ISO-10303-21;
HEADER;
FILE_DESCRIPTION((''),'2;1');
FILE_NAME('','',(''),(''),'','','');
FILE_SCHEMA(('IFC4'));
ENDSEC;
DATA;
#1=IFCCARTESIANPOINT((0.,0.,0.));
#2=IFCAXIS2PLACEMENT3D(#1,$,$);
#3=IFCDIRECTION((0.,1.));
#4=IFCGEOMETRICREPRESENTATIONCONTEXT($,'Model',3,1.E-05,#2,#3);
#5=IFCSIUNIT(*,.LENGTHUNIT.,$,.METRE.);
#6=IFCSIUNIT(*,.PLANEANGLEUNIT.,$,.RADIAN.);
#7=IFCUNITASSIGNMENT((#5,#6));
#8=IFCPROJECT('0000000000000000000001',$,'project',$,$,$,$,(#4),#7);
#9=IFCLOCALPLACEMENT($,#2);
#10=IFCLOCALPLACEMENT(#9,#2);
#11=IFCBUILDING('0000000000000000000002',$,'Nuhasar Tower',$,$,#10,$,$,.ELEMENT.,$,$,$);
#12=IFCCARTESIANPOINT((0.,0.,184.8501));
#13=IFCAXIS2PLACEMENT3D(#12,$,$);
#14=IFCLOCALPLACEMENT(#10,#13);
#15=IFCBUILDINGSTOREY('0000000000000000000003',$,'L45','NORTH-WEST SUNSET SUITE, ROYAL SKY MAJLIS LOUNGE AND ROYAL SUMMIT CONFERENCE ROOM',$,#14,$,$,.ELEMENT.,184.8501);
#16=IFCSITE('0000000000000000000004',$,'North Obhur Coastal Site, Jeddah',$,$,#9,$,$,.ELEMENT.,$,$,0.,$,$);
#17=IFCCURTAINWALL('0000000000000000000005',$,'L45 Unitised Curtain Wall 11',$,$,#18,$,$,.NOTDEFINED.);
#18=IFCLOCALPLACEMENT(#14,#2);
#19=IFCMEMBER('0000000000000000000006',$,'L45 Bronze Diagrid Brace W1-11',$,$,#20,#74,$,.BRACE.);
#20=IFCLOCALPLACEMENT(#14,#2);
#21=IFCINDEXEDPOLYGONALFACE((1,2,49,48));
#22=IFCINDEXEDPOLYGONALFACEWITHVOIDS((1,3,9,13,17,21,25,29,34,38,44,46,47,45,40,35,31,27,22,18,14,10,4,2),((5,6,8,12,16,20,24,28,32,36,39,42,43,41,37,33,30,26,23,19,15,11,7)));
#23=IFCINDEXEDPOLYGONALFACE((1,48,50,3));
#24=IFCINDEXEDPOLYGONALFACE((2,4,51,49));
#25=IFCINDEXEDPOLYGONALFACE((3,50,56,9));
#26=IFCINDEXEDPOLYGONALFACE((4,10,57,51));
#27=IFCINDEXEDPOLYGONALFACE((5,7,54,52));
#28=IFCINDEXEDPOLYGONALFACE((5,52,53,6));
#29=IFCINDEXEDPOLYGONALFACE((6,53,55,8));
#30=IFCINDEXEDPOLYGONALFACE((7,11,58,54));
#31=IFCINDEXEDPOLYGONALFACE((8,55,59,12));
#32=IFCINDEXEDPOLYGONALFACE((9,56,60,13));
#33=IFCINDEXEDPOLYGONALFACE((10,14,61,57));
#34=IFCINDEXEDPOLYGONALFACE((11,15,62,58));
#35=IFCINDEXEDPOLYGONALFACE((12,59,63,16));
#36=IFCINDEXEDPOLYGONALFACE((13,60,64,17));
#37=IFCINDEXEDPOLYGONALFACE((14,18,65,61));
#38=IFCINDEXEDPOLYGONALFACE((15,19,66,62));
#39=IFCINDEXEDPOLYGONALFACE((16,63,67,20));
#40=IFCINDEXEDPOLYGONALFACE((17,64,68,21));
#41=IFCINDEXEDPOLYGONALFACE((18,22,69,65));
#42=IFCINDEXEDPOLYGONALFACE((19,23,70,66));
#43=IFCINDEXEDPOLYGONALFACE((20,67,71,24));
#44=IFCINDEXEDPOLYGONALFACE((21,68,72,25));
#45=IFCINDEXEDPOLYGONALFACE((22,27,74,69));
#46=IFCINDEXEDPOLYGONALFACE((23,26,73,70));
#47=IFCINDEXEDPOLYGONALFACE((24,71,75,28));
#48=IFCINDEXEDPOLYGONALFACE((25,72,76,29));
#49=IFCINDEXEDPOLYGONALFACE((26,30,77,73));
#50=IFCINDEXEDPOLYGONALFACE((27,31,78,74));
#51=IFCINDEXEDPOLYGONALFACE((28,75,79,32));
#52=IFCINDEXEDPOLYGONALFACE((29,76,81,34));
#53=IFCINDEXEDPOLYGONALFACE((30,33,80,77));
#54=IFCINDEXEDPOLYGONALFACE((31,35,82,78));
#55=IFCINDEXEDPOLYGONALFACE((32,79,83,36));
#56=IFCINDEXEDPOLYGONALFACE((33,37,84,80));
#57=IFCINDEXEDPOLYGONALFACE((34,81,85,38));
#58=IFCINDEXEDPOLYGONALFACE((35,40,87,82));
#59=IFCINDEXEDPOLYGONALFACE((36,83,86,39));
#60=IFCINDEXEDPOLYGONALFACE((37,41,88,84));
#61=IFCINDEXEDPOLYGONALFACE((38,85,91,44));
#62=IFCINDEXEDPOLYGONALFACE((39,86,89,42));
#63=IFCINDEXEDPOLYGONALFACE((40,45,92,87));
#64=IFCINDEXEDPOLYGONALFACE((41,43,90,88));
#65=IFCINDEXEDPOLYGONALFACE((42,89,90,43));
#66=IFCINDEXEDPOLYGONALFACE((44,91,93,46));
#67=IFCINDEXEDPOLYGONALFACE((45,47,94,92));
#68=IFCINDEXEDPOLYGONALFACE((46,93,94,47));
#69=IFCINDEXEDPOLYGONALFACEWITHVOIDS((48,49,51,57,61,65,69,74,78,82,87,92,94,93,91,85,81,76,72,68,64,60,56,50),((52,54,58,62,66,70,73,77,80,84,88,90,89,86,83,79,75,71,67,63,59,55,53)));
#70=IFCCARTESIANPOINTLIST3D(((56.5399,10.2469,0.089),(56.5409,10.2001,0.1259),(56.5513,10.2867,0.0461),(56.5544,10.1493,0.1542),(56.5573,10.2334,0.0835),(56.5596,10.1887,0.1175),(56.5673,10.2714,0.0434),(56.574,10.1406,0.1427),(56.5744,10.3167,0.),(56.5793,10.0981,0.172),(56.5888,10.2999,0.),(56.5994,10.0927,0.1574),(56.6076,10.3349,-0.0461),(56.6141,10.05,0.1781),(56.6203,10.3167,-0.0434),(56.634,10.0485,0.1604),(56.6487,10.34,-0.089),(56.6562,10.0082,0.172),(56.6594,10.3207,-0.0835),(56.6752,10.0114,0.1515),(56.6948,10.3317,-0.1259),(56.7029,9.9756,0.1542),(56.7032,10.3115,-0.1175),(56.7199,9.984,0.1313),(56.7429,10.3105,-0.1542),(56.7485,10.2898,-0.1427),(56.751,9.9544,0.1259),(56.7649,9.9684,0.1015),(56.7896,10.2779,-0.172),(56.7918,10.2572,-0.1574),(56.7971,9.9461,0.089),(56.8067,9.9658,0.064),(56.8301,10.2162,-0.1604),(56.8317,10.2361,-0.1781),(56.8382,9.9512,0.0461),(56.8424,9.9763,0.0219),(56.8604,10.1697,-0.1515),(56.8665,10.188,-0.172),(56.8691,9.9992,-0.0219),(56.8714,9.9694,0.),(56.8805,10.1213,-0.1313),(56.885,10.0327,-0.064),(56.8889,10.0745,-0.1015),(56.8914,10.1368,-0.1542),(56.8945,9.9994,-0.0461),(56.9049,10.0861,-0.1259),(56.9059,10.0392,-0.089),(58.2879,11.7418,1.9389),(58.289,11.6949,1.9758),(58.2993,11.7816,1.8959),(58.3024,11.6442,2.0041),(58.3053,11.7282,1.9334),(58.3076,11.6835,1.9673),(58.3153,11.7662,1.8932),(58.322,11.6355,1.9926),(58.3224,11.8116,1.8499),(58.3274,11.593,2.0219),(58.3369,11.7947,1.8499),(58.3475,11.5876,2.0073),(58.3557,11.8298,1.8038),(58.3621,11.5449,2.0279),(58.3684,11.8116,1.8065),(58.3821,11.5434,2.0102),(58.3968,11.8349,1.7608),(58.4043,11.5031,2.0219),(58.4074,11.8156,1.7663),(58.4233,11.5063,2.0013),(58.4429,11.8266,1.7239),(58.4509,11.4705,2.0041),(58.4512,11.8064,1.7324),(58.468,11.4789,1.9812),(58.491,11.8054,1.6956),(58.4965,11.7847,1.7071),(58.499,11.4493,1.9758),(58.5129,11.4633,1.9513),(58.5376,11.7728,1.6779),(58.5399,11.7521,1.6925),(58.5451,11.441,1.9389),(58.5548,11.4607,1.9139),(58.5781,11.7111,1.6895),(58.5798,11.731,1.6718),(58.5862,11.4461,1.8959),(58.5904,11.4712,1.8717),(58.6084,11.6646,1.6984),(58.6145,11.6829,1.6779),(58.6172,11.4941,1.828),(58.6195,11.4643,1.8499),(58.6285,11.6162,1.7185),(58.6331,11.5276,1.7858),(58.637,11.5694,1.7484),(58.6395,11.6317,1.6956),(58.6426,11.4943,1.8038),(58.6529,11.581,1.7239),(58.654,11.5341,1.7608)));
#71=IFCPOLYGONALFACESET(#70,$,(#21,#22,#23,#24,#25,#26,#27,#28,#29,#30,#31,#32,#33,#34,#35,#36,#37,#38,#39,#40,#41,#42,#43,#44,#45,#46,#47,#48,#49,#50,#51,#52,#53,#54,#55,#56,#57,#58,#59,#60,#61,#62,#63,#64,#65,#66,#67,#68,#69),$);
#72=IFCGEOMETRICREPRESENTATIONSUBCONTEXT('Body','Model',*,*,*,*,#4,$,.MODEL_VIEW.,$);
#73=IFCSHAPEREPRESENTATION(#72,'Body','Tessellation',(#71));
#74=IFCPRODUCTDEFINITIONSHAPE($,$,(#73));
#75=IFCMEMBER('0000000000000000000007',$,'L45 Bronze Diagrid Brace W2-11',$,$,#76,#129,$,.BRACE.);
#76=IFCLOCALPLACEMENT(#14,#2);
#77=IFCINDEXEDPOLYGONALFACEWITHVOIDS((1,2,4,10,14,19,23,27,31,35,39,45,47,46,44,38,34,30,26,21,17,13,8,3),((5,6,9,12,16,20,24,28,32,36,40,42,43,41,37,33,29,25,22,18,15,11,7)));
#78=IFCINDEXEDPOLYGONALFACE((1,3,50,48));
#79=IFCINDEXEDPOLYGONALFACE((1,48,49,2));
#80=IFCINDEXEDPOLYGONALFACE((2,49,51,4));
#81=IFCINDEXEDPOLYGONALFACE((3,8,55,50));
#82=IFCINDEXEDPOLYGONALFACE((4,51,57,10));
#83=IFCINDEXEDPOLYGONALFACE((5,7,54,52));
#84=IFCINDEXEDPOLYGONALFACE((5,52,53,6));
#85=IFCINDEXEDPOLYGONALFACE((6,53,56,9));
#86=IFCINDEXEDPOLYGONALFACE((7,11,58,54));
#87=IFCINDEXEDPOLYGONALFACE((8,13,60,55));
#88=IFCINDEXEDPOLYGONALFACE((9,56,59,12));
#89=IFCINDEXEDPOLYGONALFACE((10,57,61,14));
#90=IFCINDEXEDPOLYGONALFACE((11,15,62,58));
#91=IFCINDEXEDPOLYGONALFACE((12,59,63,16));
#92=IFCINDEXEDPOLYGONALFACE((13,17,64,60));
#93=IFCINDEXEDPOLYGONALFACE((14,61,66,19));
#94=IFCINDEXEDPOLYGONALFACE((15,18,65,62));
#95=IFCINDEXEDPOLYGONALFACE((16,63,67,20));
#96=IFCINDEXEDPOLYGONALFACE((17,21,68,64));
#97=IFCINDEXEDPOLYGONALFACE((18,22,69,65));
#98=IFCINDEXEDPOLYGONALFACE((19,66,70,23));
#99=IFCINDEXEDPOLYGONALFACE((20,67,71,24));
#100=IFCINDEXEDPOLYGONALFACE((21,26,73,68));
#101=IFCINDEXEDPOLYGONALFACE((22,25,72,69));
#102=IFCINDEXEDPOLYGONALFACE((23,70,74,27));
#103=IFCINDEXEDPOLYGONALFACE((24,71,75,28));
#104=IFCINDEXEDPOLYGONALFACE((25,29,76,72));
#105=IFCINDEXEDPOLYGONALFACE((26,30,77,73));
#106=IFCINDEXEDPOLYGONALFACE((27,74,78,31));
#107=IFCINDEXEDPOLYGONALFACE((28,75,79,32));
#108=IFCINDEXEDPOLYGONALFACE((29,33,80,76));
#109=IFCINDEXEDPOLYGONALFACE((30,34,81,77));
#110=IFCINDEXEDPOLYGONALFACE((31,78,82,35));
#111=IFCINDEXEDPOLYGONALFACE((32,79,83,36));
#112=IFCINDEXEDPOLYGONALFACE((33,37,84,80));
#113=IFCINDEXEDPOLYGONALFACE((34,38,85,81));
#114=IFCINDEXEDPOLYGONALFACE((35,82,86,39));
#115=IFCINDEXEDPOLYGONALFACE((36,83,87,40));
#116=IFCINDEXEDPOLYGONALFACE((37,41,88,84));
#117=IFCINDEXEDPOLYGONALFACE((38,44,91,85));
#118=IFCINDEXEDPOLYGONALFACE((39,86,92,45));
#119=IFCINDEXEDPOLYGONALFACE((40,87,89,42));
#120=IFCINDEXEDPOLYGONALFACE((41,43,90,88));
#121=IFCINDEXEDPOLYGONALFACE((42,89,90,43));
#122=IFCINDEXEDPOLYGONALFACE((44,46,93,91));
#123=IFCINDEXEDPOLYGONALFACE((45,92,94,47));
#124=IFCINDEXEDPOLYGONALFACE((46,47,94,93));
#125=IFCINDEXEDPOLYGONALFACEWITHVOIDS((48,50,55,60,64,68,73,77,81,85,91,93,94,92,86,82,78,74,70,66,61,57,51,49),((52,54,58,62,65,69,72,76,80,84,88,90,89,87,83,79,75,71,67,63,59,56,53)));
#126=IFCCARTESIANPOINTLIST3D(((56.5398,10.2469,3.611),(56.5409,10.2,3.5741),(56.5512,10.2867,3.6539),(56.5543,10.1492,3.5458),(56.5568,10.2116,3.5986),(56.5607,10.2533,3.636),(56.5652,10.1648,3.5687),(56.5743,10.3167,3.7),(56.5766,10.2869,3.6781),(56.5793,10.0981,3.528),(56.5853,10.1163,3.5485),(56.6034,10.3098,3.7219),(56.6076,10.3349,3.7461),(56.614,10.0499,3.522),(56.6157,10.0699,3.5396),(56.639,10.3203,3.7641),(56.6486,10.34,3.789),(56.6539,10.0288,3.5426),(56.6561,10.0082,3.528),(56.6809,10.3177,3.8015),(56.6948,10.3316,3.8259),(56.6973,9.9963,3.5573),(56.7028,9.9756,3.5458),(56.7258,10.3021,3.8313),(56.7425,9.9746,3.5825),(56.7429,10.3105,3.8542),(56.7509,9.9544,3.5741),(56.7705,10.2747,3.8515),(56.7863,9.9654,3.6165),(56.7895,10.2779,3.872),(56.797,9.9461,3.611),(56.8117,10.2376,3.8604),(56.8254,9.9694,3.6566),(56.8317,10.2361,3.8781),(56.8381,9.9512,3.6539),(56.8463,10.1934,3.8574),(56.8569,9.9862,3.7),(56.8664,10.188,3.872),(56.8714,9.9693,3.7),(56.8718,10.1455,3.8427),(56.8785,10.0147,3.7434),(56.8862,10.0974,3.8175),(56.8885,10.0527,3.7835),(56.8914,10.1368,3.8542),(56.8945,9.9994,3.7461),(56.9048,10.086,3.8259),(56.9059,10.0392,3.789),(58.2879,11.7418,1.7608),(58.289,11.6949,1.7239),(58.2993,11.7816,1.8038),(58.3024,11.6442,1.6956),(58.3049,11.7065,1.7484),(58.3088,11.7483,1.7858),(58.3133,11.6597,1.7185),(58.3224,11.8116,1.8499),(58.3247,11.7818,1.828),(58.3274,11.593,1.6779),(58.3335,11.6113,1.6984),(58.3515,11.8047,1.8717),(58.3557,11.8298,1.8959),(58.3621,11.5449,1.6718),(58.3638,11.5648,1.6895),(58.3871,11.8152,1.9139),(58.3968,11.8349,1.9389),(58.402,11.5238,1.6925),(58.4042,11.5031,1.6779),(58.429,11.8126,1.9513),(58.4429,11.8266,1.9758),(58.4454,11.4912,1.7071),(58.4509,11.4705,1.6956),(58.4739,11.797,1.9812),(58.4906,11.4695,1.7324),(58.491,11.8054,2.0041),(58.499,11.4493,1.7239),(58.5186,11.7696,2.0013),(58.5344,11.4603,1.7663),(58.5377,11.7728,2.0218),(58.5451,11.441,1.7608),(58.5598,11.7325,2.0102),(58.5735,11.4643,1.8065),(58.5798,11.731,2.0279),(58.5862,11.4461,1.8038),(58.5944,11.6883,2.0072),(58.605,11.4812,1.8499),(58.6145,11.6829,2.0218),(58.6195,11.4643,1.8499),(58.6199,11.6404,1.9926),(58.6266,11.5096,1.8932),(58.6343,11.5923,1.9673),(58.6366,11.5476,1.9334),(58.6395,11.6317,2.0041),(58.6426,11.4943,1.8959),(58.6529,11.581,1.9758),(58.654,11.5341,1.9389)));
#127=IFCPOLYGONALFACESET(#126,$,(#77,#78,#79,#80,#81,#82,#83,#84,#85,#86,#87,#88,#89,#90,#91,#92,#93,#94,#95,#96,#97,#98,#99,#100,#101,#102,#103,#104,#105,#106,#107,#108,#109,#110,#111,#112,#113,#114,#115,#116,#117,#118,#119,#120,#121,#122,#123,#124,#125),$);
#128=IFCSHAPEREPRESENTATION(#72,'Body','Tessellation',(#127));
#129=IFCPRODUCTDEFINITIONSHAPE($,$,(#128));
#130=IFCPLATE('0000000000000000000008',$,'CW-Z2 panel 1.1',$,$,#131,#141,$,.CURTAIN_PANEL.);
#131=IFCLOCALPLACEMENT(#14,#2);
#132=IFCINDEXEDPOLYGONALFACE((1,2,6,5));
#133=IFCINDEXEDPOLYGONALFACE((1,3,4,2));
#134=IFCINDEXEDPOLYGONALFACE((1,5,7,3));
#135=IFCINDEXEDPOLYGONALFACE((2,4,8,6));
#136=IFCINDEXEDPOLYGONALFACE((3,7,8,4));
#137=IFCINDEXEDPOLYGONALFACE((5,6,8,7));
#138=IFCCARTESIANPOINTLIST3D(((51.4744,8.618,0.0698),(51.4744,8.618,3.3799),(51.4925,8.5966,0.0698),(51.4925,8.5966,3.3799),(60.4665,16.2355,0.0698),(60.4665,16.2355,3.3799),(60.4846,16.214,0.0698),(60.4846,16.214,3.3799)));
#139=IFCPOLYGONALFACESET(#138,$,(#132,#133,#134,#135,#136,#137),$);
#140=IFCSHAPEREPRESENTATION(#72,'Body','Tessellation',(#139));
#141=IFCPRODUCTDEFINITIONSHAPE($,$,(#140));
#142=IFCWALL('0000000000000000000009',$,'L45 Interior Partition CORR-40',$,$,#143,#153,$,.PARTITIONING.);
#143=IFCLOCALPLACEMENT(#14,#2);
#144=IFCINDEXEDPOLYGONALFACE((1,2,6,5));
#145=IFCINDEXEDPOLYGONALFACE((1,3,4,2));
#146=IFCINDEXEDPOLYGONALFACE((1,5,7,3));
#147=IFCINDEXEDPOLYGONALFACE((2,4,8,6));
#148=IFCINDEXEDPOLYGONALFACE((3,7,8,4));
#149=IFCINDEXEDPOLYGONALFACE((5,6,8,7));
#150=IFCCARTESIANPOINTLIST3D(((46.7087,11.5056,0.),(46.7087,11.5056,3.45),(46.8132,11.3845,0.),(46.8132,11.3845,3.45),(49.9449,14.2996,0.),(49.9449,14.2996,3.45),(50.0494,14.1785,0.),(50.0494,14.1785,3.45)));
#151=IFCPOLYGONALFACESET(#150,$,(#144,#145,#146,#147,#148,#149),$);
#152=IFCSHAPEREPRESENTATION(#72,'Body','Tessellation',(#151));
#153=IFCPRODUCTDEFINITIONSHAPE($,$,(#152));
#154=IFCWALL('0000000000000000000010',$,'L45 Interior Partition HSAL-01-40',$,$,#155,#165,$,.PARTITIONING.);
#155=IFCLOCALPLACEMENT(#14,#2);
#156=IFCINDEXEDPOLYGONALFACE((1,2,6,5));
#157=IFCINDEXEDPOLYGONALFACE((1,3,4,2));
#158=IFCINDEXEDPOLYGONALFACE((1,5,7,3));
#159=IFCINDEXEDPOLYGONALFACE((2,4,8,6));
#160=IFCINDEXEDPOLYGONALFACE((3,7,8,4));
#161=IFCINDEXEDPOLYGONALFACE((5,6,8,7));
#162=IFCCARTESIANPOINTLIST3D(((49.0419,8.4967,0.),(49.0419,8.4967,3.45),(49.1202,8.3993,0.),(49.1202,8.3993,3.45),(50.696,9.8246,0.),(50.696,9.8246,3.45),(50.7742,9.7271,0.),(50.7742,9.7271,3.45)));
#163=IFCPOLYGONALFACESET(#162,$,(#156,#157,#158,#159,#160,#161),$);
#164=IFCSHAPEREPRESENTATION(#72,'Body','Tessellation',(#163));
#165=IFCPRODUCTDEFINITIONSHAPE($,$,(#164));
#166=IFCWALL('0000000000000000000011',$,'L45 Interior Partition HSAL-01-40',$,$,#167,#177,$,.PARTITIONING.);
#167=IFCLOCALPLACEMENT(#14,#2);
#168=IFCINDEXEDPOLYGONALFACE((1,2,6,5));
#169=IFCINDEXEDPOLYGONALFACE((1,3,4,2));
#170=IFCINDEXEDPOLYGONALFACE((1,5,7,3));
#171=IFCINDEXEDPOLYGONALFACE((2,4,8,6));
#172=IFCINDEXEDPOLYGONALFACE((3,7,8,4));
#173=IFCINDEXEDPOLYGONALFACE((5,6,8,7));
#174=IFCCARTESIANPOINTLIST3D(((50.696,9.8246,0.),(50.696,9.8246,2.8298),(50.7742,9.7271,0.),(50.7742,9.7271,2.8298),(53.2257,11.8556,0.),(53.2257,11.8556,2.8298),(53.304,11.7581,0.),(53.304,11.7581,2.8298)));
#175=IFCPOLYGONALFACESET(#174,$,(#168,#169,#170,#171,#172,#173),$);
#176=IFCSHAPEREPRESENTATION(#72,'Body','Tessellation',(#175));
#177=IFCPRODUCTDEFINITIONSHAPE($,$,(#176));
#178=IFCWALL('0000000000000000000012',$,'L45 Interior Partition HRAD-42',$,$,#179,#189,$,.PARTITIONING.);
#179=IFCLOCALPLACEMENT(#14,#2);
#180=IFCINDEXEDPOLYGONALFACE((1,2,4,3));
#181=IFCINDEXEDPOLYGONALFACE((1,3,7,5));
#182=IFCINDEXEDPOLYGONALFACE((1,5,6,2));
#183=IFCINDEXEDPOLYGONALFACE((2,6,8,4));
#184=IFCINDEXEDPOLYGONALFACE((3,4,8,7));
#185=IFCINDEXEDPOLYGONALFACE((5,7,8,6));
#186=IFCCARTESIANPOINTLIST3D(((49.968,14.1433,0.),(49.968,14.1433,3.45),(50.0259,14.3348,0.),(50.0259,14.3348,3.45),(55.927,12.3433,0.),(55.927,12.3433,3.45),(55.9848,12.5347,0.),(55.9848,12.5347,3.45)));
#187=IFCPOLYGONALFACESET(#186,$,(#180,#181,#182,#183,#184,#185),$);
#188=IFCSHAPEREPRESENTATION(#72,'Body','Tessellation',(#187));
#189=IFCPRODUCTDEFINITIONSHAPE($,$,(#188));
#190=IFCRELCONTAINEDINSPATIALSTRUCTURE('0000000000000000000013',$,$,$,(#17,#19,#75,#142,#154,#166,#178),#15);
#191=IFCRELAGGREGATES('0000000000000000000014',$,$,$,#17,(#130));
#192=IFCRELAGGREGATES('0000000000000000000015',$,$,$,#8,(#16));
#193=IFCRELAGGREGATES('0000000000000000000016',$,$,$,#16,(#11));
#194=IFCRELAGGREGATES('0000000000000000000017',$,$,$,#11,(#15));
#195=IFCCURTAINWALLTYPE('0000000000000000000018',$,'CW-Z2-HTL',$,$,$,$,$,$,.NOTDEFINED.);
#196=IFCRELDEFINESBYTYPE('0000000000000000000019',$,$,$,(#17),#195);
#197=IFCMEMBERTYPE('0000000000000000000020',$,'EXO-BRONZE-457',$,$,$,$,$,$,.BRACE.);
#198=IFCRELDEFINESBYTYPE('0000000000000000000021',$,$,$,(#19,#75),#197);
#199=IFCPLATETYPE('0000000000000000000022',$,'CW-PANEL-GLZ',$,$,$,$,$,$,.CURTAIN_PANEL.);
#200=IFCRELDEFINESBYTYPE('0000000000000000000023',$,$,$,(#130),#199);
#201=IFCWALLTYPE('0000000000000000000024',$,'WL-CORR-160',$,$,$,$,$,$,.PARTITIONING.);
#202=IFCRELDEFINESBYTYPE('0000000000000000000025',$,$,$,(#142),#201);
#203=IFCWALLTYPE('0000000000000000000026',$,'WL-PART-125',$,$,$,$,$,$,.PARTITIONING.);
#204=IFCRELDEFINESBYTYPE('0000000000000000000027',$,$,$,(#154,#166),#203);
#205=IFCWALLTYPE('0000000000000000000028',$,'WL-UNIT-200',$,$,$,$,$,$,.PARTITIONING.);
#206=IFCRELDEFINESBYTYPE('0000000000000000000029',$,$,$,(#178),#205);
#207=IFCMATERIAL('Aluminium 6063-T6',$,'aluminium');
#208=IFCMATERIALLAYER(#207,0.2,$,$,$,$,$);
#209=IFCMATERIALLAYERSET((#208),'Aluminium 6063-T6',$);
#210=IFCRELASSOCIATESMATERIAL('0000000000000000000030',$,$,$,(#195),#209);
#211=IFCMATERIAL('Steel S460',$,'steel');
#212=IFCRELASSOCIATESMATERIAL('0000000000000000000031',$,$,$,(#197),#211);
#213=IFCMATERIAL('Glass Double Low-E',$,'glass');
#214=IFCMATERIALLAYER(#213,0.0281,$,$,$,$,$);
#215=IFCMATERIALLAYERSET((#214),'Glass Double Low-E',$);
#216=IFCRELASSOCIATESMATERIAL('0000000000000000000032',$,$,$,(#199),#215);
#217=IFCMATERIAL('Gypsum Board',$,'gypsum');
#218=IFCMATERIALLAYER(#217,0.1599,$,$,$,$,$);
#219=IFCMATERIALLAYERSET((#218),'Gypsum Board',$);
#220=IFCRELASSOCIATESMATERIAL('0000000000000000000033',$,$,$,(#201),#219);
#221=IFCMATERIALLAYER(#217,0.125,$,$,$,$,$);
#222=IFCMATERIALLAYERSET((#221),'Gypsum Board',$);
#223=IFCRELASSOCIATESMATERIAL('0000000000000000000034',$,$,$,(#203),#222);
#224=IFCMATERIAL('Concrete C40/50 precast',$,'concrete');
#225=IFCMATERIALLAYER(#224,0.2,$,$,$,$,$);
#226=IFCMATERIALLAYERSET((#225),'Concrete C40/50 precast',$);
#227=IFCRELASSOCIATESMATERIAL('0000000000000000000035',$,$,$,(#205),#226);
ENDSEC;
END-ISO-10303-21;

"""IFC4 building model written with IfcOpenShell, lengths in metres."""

from ifc_helpers import new_model, si_unit, direction, frame, frame_2d, origin, origin_2d, place, context, subcontext, project, spatial, rectangle, hollow_circle, extrude, material, layer, layer_set, material_profile, profile_set, type_object, element, aggregate, save


model = new_model("IFC4")

# Units and contexts
model_context = context("Model", 3, precision=1e-05, world=origin(), true_north=direction((0.0, 1.0)))
body_context = subcontext(model_context, "Body", "Model", "MODEL_VIEW")
ifc_project = project(units=[si_unit("LENGTHUNIT", "METRE"), si_unit("PLANEANGLEUNIT", "RADIAN")], contexts=[model_context])

# Site, building, storey
site_placement = place(None, origin())
site = spatial("IfcSite", under=ifc_project, at=site_placement, Name="North Obhur Coastal Site, Jeddah", CompositionType="ELEMENT", RefElevation=0.0)
building_placement = place(site_placement, origin())
building = spatial("IfcBuilding", under=site, at=building_placement, Name="Nuhasar Tower", CompositionType="ELEMENT")
storey_placement = place(building_placement, frame((0.0, 0.0, 184.8501)))
storey = spatial("IfcBuildingStorey", under=building, at=storey_placement, Name="L45", Description="NORTH-WEST SUNSET SUITE, ROYAL SKY MAJLIS LOUNGE AND ROYAL SUMMIT CONFERENCE ROOM", CompositionType="ELEMENT", Elevation=184.8501)

# Shared definitions
ifc_material_1 = material(Name="Aluminium 6063-T6", Category="aluminium")
ifc_layer_1 = layer(ifc_material_1, 0.2)
ifc_layer_set_1 = layer_set([ifc_layer_1], Name="Aluminium 6063-T6")
curtain_wall_type = type_object("IfcCurtainWallType", Name="CW-Z2-HTL", PredefinedType="NOTDEFINED", material=ifc_layer_set_1)

# Curtain wall
curtain_wall_1_placement = place(storey_placement, origin())
curtain_wall_1 = element("IfcCurtainWall", 1, at=curtain_wall_1_placement, inside=storey, type_object=curtain_wall_type, Name="L45 Unitised Curtain Wall 11", PredefinedType="NOTDEFINED")

# Members
ifc_material_2 = material(Name="Steel S460", Category="steel")
ifc_material_profile_1 = material_profile(ifc_material_2, hollow_circle(Radius=0.2285, WallThickness=0.0222, at=origin_2d()), Name="HSS457X22.2")
ifc_profile_set_1 = profile_set([ifc_material_profile_1], Name="Steel S460")
member_type_1 = type_object("IfcMemberType", Name="EXO-BRONZE-457", PredefinedType="BRACE", material=ifc_profile_set_1)
member_1_placement = place(storey_placement, frame((56.7229, 10.1431, 0.0), z_axis=(0.592226, 0.506452, 0.626717), x_axis=(-0.649926, 0.759998, 0.0)))
element("IfcMember", 2, at=member_1_placement, inside=storey, type_object=member_type_1, Name="L45 Bronze Diagrid Brace W1-11", PredefinedType="BRACE", context=body_context, shape_type="SweptSolid", body=[
    extrude(hollow_circle(Radius=0.2285, WallThickness=0.0222, at=origin_2d()), origin(), (0.0, 0.0, 1.0), 2.9517),
])
member_2_placement = place(storey_placement, frame((58.4709, 11.6379, 1.8499), z_axis=(-0.592195, -0.506426, 0.626767), x_axis=(0.649926, -0.759998, 0.0)))
element("IfcMember", 3, at=member_2_placement, inside=storey, type_object=member_type_1, Name="L45 Bronze Diagrid Brace W2-11", PredefinedType="BRACE", context=body_context, shape_type="SweptSolid", body=[
    extrude(hollow_circle(Radius=0.2285, WallThickness=0.0222, at=origin_2d()), origin(), (0.0, 0.0, 1.0), 2.9519),
])

# Plate
ifc_material_3 = material(Name="Glass Double Low-E", Category="glass")
ifc_layer_2 = layer(ifc_material_3, 0.0281)
ifc_layer_set_2 = layer_set([ifc_layer_2], Name="Glass Double Low-E")
plate_type = type_object("IfcPlateType", Name="CW-PANEL-GLZ", PredefinedType="CURTAIN_PANEL", material=ifc_layer_set_2)
plate_placement = place(storey_placement, frame((55.9795, 12.416, 0.0698), z_axis=(0.0, 0.0, 1.0), x_axis=(0.76302, 0.646374, 0.0)))
plate = element("IfcPlate", 4, at=plate_placement, type_object=plate_type, Name="CW-Z2 panel 1.1", PredefinedType="CURTAIN_PANEL", context=body_context, shape_type="SweptSolid", body=[
    extrude(rectangle(XDim=11.7849, YDim=0.0281, at=origin_2d()), origin(), (0.0, 0.0, 1.0), 3.3101),
])
aggregate(curtain_wall_1, [plate])

# Walls
ifc_material_4 = material(Name="Gypsum Board", Category="gypsum")
ifc_layer_3 = layer(ifc_material_4, 0.1599)
ifc_layer_set_3 = layer_set([ifc_layer_3], Name="Gypsum Board")
wall_type_1 = type_object("IfcWallType", Name="WL-CORR-160", PredefinedType="PARTITIONING", material=ifc_layer_set_3)
wall_1_placement = place(storey_placement, frame((46.761, 11.4451, 0.0), z_axis=(0.0, 0.0, 1.0), x_axis=(0.756922, 0.653505, 0.0)))
element("IfcWall", 5, at=wall_1_placement, inside=storey, type_object=wall_type_1, Name="L45 Interior Partition CORR-40", PredefinedType="PARTITIONING", context=body_context, shape_type="SweptSolid", body=[
    extrude(rectangle(XDim=4.2754, YDim=0.1599, at=frame_2d((2.1377, 0.0))), origin(), (0.0, 0.0, 1.0), 3.45),
])
ifc_layer_4 = layer(ifc_material_4, 0.125)
ifc_layer_set_4 = layer_set([ifc_layer_4], Name="Gypsum Board")
wall_type_2 = type_object("IfcWallType", Name="WL-PART-125", PredefinedType="PARTITIONING", material=ifc_layer_set_4)
wall_2_placement = place(storey_placement, frame((49.0811, 8.448, 0.0), z_axis=(0.0, 0.0, 1.0), x_axis=(0.779801, 0.626028, 0.0)))
element("IfcWall", 6, at=wall_2_placement, inside=storey, type_object=wall_type_2, Name="L45 Interior Partition HSAL-01-40", PredefinedType="PARTITIONING", context=body_context, shape_type="SweptSolid", body=[
    extrude(rectangle(XDim=2.1211, YDim=0.125, at=frame_2d((1.0605, 0.0))), origin(), (0.0, 0.0, 1.0), 3.45),
])
wall_3_placement = place(storey_placement, frame((50.7351, 9.7759, 0.0), z_axis=(0.0, 0.0, 1.0), x_axis=(0.779788, 0.626043, 0.0)))
element("IfcWall", 7, at=wall_3_placement, inside=storey, type_object=wall_type_2, Name="L45 Interior Partition HSAL-01-40", PredefinedType="PARTITIONING", context=body_context, shape_type="SweptSolid", body=[
    extrude(rectangle(XDim=3.2441, YDim=0.125, at=frame_2d((1.6221, 0.0))), origin(), (0.0, 0.0, 1.0), 2.8298),
])
ifc_material_5 = material(Name="Concrete C40/50 precast", Category="concrete")
ifc_layer_5 = layer(ifc_material_5, 0.2)
ifc_layer_set_5 = layer_set([ifc_layer_5], Name="Concrete C40/50 precast")
wall_type_3 = type_object("IfcWallType", Name="WL-UNIT-200", PredefinedType="PARTITIONING", material=ifc_layer_set_5)
wall_4_placement = place(storey_placement, frame((49.9971, 14.239, 0.0), z_axis=(0.0, 0.0, 1.0), x_axis=(0.957278, -0.289168, 0.0)))
element("IfcWall", 8, at=wall_4_placement, inside=storey, type_object=wall_type_3, Name="L45 Interior Partition HRAD-42", PredefinedType="PARTITIONING", context=body_context, shape_type="SweptSolid", body=[
    extrude(rectangle(XDim=6.2249, YDim=0.2, at=frame_2d((3.1123, 0.0))), origin(), (0.0, 0.0, 1.0), 3.45),
])

save(model, "model.ifc")
